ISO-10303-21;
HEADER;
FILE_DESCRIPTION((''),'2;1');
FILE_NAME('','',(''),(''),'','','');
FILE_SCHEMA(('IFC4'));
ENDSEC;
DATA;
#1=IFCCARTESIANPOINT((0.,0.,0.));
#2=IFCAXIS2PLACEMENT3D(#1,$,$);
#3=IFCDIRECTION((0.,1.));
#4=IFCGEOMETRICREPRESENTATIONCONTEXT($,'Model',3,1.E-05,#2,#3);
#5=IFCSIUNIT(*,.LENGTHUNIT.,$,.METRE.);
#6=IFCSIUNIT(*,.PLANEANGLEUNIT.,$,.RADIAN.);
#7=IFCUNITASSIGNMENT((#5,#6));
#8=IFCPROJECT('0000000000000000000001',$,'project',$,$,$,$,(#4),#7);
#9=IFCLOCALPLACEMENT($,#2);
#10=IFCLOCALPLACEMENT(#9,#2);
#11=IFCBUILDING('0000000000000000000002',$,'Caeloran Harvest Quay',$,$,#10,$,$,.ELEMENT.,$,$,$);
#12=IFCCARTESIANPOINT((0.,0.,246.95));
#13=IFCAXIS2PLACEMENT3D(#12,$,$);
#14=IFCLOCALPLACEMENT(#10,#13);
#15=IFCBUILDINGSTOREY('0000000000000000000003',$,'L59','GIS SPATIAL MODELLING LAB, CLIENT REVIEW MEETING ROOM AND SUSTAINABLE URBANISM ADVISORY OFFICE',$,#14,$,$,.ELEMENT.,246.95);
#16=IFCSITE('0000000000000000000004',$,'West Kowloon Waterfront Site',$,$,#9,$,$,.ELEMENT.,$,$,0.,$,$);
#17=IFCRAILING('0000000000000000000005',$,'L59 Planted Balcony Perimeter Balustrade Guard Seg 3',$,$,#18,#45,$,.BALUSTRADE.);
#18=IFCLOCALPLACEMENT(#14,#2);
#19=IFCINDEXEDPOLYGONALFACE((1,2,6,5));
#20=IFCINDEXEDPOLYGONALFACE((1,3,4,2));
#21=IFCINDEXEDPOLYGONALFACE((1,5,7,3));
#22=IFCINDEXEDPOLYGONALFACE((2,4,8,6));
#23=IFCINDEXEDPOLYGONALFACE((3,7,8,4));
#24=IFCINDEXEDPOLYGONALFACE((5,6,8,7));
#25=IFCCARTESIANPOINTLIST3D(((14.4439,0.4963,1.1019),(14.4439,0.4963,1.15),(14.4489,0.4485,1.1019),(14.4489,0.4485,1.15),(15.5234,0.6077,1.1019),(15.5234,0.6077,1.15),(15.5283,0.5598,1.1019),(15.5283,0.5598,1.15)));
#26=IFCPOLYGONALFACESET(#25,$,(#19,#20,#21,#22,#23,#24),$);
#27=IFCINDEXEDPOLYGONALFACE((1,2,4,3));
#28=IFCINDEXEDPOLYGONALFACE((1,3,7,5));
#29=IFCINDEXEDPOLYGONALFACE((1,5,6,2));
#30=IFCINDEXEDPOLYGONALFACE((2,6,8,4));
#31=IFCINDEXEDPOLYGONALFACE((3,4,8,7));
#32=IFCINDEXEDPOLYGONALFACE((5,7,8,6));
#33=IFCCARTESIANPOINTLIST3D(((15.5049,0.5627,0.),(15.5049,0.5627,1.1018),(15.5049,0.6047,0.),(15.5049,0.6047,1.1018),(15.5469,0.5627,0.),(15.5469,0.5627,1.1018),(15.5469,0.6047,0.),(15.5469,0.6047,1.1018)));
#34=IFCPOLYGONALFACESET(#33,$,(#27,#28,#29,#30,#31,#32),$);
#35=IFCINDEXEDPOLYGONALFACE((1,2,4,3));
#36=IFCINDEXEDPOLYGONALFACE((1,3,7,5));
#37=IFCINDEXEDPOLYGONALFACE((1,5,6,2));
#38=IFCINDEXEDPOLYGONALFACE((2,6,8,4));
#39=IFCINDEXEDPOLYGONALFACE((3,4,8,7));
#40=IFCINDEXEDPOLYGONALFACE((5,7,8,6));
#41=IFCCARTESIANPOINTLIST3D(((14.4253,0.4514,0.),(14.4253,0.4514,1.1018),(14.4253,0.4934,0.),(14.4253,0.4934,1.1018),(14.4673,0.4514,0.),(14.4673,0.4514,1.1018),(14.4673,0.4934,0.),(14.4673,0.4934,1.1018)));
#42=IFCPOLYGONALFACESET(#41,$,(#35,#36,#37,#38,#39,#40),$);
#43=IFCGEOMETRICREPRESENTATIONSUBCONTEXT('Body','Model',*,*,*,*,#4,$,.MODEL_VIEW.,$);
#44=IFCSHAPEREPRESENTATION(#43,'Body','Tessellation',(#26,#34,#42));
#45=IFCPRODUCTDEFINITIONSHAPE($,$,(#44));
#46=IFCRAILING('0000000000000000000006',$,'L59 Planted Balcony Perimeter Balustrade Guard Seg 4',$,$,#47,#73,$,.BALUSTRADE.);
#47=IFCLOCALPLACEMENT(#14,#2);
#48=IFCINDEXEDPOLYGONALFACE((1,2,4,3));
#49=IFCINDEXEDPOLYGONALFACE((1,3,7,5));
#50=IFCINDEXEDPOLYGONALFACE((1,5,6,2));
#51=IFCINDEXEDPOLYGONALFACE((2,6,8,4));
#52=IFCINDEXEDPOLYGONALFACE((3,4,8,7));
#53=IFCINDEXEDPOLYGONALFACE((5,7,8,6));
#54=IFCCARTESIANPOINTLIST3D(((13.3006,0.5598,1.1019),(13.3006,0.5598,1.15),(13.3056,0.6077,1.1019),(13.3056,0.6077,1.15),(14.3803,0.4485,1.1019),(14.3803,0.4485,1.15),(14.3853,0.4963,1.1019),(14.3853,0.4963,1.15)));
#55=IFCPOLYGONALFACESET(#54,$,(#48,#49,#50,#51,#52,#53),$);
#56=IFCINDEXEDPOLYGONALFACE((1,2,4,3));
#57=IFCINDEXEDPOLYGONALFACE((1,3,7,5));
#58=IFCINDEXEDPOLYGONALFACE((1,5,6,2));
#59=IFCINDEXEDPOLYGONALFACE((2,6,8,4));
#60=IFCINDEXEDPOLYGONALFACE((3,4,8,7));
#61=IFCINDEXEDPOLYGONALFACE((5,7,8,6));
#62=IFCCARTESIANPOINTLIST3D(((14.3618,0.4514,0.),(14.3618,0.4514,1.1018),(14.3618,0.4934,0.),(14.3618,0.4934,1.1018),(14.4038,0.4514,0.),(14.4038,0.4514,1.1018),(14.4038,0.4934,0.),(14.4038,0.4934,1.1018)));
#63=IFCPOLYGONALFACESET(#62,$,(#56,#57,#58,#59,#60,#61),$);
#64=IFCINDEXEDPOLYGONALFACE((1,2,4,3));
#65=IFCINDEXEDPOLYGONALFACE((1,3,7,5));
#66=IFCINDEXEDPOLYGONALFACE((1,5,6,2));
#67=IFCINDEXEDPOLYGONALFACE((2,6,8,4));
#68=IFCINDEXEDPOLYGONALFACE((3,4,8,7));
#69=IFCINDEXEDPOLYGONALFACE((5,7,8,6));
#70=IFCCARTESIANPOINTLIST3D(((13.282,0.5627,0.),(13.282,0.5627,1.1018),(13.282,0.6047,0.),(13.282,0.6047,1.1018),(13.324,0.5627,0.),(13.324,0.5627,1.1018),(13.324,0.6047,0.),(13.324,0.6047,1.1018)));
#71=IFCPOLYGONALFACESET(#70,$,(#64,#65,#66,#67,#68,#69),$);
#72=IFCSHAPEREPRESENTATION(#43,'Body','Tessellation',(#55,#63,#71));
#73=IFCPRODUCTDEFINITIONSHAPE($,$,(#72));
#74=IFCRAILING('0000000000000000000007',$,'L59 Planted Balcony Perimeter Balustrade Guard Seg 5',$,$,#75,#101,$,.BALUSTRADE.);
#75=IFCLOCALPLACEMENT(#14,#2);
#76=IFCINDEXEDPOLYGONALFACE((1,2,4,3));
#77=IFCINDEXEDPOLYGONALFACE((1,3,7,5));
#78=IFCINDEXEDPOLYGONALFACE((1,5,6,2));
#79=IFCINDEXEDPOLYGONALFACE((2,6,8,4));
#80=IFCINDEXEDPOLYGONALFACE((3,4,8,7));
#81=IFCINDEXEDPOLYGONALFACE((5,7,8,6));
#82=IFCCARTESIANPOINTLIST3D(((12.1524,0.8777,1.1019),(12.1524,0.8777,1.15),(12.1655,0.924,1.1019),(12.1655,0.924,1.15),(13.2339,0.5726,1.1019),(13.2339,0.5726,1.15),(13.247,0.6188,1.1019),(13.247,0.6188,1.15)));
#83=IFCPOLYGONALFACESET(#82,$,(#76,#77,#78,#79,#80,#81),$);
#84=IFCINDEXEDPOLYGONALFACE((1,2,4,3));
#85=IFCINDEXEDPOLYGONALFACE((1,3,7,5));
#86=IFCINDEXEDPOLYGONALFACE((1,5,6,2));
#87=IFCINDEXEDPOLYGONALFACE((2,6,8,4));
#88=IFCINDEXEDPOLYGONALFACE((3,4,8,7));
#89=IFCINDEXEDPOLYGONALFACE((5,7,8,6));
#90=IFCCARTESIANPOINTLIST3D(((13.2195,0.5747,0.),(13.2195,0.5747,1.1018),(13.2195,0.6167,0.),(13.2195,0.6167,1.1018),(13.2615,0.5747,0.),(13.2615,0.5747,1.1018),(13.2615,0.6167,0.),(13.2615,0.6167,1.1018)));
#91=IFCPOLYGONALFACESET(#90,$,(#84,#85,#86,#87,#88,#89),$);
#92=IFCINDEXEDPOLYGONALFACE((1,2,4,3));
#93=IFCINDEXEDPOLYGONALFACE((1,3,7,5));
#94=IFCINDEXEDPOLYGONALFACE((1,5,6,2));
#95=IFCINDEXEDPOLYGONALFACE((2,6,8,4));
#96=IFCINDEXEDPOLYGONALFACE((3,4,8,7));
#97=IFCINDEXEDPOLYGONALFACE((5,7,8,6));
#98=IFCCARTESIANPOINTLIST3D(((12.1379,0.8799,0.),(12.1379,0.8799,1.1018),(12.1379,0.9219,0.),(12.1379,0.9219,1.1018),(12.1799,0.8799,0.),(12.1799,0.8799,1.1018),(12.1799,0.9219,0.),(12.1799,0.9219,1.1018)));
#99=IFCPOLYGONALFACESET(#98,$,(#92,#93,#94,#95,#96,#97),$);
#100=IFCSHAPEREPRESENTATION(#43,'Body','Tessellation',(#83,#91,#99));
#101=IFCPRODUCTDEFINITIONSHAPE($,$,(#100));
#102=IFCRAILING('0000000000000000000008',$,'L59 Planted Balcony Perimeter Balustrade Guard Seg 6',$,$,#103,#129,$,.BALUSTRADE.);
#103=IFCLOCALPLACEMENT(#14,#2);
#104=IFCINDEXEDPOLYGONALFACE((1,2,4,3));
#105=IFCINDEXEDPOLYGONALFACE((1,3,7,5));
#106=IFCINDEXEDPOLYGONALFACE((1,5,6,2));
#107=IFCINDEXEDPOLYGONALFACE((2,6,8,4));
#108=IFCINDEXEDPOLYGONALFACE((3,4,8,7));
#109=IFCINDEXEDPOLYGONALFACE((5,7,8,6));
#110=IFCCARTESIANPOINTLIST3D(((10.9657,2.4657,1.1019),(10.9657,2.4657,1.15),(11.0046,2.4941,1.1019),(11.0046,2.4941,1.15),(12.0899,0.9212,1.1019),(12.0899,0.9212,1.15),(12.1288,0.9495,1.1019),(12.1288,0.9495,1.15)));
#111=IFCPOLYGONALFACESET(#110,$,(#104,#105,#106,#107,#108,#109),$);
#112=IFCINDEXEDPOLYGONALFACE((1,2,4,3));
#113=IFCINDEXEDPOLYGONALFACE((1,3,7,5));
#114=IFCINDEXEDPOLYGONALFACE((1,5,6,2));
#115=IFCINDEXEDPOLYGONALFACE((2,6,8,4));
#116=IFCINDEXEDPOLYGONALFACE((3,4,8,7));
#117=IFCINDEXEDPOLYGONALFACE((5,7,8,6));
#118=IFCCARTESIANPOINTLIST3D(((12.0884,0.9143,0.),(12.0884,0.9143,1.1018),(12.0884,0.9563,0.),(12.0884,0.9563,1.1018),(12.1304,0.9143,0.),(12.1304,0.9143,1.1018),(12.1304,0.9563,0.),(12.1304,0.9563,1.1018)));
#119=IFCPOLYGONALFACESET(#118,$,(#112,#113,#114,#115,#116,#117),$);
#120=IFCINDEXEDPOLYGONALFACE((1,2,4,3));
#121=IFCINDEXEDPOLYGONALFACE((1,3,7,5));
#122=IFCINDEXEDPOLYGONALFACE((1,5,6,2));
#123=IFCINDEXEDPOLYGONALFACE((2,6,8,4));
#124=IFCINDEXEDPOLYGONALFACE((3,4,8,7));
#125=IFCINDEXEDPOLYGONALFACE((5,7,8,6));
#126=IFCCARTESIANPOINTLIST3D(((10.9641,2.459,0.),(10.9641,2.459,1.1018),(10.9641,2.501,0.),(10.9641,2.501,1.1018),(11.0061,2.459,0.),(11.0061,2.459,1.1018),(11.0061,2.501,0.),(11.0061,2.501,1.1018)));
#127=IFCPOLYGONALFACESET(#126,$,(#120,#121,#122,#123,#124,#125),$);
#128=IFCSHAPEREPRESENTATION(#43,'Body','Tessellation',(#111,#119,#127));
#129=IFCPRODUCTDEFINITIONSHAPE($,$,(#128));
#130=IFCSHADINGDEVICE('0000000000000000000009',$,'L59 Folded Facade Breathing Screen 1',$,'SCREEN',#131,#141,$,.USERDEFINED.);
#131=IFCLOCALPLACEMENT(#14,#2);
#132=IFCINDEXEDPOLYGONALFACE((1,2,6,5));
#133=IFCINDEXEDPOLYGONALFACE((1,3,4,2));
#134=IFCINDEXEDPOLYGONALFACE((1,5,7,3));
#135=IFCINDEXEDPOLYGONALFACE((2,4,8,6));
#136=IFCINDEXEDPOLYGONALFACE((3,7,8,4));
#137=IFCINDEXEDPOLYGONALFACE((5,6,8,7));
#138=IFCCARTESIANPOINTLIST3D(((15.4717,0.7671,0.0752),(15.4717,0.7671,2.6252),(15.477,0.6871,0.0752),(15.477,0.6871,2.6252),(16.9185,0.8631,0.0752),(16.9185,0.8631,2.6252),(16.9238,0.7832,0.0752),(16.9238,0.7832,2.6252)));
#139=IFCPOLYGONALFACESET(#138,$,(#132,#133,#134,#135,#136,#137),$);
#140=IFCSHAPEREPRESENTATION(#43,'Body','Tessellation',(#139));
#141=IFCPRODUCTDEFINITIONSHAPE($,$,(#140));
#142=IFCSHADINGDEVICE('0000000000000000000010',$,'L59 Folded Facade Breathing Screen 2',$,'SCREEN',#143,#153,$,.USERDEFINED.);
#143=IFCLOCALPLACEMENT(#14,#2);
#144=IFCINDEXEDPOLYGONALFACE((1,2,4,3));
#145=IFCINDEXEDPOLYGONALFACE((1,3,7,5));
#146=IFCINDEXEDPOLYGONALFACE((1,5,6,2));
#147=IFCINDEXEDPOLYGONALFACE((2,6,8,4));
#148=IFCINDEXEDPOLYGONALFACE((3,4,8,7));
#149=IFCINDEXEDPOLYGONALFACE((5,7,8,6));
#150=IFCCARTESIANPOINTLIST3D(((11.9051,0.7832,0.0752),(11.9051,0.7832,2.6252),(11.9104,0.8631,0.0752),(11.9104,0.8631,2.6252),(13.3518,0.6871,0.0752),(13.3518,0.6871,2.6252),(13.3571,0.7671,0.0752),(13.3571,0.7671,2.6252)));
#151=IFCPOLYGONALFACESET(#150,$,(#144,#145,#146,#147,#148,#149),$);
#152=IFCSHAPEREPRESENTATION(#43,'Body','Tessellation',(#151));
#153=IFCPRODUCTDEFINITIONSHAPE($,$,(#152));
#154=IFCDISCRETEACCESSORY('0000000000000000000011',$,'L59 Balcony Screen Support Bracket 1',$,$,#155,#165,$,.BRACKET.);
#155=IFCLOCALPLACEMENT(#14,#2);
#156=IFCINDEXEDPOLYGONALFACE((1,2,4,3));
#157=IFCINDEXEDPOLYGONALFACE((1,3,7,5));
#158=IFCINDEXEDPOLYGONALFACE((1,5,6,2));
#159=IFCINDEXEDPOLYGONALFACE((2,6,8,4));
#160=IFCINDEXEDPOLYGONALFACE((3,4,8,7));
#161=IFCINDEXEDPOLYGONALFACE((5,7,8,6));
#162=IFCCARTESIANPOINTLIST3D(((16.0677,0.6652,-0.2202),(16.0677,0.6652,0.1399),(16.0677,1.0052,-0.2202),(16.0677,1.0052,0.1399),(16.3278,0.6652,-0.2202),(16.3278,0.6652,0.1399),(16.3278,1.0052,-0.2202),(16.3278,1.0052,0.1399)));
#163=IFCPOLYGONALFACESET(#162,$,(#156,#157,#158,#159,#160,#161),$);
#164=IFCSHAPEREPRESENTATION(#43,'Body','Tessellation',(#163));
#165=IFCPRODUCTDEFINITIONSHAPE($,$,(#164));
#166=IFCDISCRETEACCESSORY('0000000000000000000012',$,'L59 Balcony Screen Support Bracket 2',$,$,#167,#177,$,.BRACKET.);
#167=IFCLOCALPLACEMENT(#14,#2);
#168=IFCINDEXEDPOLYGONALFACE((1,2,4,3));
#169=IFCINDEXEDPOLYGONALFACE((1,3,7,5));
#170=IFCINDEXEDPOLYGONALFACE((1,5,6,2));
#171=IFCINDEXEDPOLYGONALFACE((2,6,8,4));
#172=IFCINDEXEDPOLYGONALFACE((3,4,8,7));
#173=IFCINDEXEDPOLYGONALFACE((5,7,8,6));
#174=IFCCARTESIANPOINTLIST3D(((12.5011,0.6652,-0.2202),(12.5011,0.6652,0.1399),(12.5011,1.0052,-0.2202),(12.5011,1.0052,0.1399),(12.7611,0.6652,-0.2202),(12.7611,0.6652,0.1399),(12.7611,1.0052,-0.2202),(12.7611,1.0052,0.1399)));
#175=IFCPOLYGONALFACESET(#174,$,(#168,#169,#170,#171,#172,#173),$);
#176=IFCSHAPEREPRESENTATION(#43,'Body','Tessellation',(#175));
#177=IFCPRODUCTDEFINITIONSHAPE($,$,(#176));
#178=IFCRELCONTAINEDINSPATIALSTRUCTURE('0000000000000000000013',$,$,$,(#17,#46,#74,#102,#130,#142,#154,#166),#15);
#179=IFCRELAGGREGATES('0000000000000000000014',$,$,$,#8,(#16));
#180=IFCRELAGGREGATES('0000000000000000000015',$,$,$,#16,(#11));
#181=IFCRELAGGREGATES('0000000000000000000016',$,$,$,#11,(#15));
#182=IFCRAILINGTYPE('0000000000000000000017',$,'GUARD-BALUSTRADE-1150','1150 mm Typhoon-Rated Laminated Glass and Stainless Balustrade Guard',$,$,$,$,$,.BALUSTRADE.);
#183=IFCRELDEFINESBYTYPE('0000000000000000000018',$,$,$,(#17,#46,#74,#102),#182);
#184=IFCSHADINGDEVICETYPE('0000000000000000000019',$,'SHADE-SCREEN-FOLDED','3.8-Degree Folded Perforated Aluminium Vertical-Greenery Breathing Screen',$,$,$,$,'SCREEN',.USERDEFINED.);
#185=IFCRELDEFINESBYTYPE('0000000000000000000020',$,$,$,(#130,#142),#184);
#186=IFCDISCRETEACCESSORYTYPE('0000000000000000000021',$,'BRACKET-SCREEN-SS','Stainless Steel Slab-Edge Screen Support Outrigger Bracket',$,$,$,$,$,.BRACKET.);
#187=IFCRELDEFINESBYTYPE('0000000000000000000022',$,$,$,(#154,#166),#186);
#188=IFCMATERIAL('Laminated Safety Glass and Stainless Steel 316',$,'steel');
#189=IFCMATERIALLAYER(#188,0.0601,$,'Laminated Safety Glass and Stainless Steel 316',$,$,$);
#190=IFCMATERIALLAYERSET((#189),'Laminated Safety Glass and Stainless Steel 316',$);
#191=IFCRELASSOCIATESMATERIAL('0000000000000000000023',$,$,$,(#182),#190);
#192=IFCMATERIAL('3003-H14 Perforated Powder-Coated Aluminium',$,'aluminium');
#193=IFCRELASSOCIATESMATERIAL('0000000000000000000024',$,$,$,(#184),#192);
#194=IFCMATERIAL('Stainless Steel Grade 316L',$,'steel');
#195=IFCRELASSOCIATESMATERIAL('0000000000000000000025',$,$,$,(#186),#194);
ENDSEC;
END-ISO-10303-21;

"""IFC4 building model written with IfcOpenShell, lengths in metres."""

from ifc_helpers import new_model, si_unit, direction, frame, origin, origin_2d, place, context, subcontext, project, spatial, rectangle, extrude, material, layer, layer_set, type_object, element, save


model = new_model("IFC4")

# Units and contexts
model_context = context("Model", 3, precision=1e-05, world=origin(), true_north=direction((0.0, 1.0)))
body_context = subcontext(model_context, "Body", "Model", "MODEL_VIEW")
ifc_project = project(units=[si_unit("LENGTHUNIT", "METRE"), si_unit("PLANEANGLEUNIT", "RADIAN")], contexts=[model_context])

# Site, building, storey
site_placement = place(None, origin())
site = spatial("IfcSite", under=ifc_project, at=site_placement, Name="West Kowloon Waterfront Site", CompositionType="ELEMENT", RefElevation=0.0)
building_placement = place(site_placement, origin())
building = spatial("IfcBuilding", under=site, at=building_placement, Name="Caeloran Harvest Quay", CompositionType="ELEMENT")
storey_placement = place(building_placement, frame((0.0, 0.0, 246.95)))
storey = spatial("IfcBuildingStorey", under=building, at=storey_placement, Name="L59", Description="GIS SPATIAL MODELLING LAB, CLIENT REVIEW MEETING ROOM AND SUSTAINABLE URBANISM ADVISORY OFFICE", CompositionType="ELEMENT", Elevation=246.95)

# Railings
ifc_material_1 = material(Name="Laminated Safety Glass and Stainless Steel 316", Category="steel")
ifc_layer_1 = layer(ifc_material_1, 0.0601, Name="Laminated Safety Glass and Stainless Steel 316")
ifc_layer_set_1 = layer_set([ifc_layer_1], Name="Laminated Safety Glass and Stainless Steel 316")
railing_type = type_object("IfcRailingType", Name="GUARD-BALUSTRADE-1150", Description="1150 mm Typhoon-Rated Laminated Glass and Stainless Balustrade Guard", PredefinedType="BALUSTRADE", material=ifc_layer_set_1)
railing_1_placement = place(storey_placement, frame((15.5259, 0.5837, 0.0)))
element("IfcRailing", 1, at=railing_1_placement, inside=storey, type_object=railing_type, Name="L59 Planted Balcony Perimeter Balustrade Guard Seg 3", PredefinedType="BALUSTRADE", context=body_context, shape_type="SweptSolid", body=[
    extrude(rectangle(XDim=0.0481, YDim=0.0481, at=origin_2d()), frame((0.0, 0.0, 1.126), z_axis=(-0.994725, -0.102577, 0.0), x_axis=(0.102577, -0.994725, 0.0)), (0.0, 0.0, 1.0), 1.0852),
    extrude(rectangle(XDim=0.042, YDim=0.042, at=origin_2d()), origin(), (0.0, 0.0, 1.0), 1.1018),
    extrude(rectangle(XDim=0.042, YDim=0.042, at=origin_2d()), frame((-1.0796, -0.1113, 0.0)), (0.0, 0.0, 1.0), 1.1018),
])
railing_2_placement = place(storey_placement, frame((14.3828, 0.4724, 0.0)))
element("IfcRailing", 2, at=railing_2_placement, inside=storey, type_object=railing_type, Name="L59 Planted Balcony Perimeter Balustrade Guard Seg 4", PredefinedType="BALUSTRADE", context=body_context, shape_type="SweptSolid", body=[
    extrude(rectangle(XDim=0.0481, YDim=0.0481, at=origin_2d()), frame((0.0, 0.0, 1.126), z_axis=(-0.994727, 0.102554, 0.0), x_axis=(-0.102554, -0.994727, 0.0)), (0.0, 0.0, 1.0), 1.0854),
    extrude(rectangle(XDim=0.042, YDim=0.042, at=origin_2d()), origin(), (0.0, 0.0, 1.0), 1.1018),
    extrude(rectangle(XDim=0.042, YDim=0.042, at=origin_2d()), frame((-1.0798, 0.1113, 0.0)), (0.0, 0.0, 1.0), 1.1018),
])
railing_3_placement = place(storey_placement, frame((13.2405, 0.5957, 0.0)))
element("IfcRailing", 3, at=railing_3_placement, inside=storey, type_object=railing_type, Name="L59 Planted Balcony Perimeter Balustrade Guard Seg 5", PredefinedType="BALUSTRADE", context=body_context, shape_type="SweptSolid", body=[
    extrude(rectangle(XDim=0.0481, YDim=0.0481, at=origin_2d()), frame((0.0, 0.0, 1.126), z_axis=(-0.962421, 0.271563, 0.0), x_axis=(-0.271563, -0.962421, 0.0)), (0.0, 0.0, 1.0), 1.1238),
    extrude(rectangle(XDim=0.042, YDim=0.042, at=origin_2d()), origin(), (0.0, 0.0, 1.0), 1.1018),
    extrude(rectangle(XDim=0.042, YDim=0.042, at=origin_2d()), frame((-1.0815, 0.3052, 0.0)), (0.0, 0.0, 1.0), 1.1018),
])
railing_4_placement = place(storey_placement, frame((12.1094, 0.9353, 0.0)))
element("IfcRailing", 4, at=railing_4_placement, inside=storey, type_object=railing_type, Name="L59 Planted Balcony Perimeter Balustrade Guard Seg 6", PredefinedType="BALUSTRADE", context=body_context, shape_type="SweptSolid", body=[
    extrude(rectangle(XDim=0.0481, YDim=0.0481, at=origin_2d()), frame((0.0, 0.0, 1.126), z_axis=(-0.588468, 0.808521, 0.0), x_axis=(-0.808521, -0.588468, 0.0)), (0.0, 0.0, 1.0), 1.9104),
    extrude(rectangle(XDim=0.042, YDim=0.042, at=origin_2d()), origin(), (0.0, 0.0, 1.0), 1.1018),
    extrude(rectangle(XDim=0.042, YDim=0.042, at=origin_2d()), frame((-1.1243, 1.5447, 0.0)), (0.0, 0.0, 1.0), 1.1018),
])

# Shading devices
ifc_material_2 = material(Name="3003-H14 Perforated Powder-Coated Aluminium", Category="aluminium")
shading_device_type = type_object("IfcShadingDeviceType", Name="SHADE-SCREEN-FOLDED", Description="3.8-Degree Folded Perforated Aluminium Vertical-Greenery Breathing Screen", ElementType="SCREEN", PredefinedType="USERDEFINED", material=ifc_material_2)
for number, where, z_axis, x_axis, name in (
    (5, (16.1978, 0.7751, 0.0752), (0.0, 0.0, 1.0), (0.997801, 0.066274, 0.0), "L59 Folded Facade Breathing Screen 1"),
    (6, (12.6311, 0.7751, 0.0752), (0.0, 0.0, 1.0), (0.997801, -0.066274, 0.0), "L59 Folded Facade Breathing Screen 2"),
):
    element("IfcShadingDevice", number, at=place(storey_placement, frame(where, z_axis=z_axis, x_axis=x_axis)), inside=storey, type_object=shading_device_type, Name=name, ObjectType="SCREEN", PredefinedType="USERDEFINED", context=body_context, shape_type="SweptSolid", body=[
        extrude(rectangle(XDim=1.45, YDim=0.0801, at=origin_2d()), origin(), (0.0, 0.0, 1.0), 2.55),
    ])

# Discrete accessories
ifc_material_3 = material(Name="Stainless Steel Grade 316L", Category="steel")
discrete_accessory_type = type_object("IfcDiscreteAccessoryType", Name="BRACKET-SCREEN-SS", Description="Stainless Steel Slab-Edge Screen Support Outrigger Bracket", PredefinedType="BRACKET", material=ifc_material_3)
for number, where, z_axis, x_axis, name in (
    (7, (16.1978, 0.8352, -0.2202), (0.0, 0.0, 1.0), (1.0, 0.0, 0.0), "L59 Balcony Screen Support Bracket 1"),
    (8, (12.6311, 0.8352, -0.2202), (0.0, 0.0, 1.0), (1.0, 0.0, 0.0), "L59 Balcony Screen Support Bracket 2"),
):
    element("IfcDiscreteAccessory", number, at=place(storey_placement, frame(where, z_axis=z_axis, x_axis=x_axis)), inside=storey, type_object=discrete_accessory_type, Name=name, PredefinedType="BRACKET", context=body_context, shape_type="SweptSolid", body=[
        extrude(rectangle(XDim=0.26, YDim=0.3401, at=origin_2d()), origin(), (0.0, 0.0, 1.0), 0.3601),
    ])

save(model, "model.ifc")
